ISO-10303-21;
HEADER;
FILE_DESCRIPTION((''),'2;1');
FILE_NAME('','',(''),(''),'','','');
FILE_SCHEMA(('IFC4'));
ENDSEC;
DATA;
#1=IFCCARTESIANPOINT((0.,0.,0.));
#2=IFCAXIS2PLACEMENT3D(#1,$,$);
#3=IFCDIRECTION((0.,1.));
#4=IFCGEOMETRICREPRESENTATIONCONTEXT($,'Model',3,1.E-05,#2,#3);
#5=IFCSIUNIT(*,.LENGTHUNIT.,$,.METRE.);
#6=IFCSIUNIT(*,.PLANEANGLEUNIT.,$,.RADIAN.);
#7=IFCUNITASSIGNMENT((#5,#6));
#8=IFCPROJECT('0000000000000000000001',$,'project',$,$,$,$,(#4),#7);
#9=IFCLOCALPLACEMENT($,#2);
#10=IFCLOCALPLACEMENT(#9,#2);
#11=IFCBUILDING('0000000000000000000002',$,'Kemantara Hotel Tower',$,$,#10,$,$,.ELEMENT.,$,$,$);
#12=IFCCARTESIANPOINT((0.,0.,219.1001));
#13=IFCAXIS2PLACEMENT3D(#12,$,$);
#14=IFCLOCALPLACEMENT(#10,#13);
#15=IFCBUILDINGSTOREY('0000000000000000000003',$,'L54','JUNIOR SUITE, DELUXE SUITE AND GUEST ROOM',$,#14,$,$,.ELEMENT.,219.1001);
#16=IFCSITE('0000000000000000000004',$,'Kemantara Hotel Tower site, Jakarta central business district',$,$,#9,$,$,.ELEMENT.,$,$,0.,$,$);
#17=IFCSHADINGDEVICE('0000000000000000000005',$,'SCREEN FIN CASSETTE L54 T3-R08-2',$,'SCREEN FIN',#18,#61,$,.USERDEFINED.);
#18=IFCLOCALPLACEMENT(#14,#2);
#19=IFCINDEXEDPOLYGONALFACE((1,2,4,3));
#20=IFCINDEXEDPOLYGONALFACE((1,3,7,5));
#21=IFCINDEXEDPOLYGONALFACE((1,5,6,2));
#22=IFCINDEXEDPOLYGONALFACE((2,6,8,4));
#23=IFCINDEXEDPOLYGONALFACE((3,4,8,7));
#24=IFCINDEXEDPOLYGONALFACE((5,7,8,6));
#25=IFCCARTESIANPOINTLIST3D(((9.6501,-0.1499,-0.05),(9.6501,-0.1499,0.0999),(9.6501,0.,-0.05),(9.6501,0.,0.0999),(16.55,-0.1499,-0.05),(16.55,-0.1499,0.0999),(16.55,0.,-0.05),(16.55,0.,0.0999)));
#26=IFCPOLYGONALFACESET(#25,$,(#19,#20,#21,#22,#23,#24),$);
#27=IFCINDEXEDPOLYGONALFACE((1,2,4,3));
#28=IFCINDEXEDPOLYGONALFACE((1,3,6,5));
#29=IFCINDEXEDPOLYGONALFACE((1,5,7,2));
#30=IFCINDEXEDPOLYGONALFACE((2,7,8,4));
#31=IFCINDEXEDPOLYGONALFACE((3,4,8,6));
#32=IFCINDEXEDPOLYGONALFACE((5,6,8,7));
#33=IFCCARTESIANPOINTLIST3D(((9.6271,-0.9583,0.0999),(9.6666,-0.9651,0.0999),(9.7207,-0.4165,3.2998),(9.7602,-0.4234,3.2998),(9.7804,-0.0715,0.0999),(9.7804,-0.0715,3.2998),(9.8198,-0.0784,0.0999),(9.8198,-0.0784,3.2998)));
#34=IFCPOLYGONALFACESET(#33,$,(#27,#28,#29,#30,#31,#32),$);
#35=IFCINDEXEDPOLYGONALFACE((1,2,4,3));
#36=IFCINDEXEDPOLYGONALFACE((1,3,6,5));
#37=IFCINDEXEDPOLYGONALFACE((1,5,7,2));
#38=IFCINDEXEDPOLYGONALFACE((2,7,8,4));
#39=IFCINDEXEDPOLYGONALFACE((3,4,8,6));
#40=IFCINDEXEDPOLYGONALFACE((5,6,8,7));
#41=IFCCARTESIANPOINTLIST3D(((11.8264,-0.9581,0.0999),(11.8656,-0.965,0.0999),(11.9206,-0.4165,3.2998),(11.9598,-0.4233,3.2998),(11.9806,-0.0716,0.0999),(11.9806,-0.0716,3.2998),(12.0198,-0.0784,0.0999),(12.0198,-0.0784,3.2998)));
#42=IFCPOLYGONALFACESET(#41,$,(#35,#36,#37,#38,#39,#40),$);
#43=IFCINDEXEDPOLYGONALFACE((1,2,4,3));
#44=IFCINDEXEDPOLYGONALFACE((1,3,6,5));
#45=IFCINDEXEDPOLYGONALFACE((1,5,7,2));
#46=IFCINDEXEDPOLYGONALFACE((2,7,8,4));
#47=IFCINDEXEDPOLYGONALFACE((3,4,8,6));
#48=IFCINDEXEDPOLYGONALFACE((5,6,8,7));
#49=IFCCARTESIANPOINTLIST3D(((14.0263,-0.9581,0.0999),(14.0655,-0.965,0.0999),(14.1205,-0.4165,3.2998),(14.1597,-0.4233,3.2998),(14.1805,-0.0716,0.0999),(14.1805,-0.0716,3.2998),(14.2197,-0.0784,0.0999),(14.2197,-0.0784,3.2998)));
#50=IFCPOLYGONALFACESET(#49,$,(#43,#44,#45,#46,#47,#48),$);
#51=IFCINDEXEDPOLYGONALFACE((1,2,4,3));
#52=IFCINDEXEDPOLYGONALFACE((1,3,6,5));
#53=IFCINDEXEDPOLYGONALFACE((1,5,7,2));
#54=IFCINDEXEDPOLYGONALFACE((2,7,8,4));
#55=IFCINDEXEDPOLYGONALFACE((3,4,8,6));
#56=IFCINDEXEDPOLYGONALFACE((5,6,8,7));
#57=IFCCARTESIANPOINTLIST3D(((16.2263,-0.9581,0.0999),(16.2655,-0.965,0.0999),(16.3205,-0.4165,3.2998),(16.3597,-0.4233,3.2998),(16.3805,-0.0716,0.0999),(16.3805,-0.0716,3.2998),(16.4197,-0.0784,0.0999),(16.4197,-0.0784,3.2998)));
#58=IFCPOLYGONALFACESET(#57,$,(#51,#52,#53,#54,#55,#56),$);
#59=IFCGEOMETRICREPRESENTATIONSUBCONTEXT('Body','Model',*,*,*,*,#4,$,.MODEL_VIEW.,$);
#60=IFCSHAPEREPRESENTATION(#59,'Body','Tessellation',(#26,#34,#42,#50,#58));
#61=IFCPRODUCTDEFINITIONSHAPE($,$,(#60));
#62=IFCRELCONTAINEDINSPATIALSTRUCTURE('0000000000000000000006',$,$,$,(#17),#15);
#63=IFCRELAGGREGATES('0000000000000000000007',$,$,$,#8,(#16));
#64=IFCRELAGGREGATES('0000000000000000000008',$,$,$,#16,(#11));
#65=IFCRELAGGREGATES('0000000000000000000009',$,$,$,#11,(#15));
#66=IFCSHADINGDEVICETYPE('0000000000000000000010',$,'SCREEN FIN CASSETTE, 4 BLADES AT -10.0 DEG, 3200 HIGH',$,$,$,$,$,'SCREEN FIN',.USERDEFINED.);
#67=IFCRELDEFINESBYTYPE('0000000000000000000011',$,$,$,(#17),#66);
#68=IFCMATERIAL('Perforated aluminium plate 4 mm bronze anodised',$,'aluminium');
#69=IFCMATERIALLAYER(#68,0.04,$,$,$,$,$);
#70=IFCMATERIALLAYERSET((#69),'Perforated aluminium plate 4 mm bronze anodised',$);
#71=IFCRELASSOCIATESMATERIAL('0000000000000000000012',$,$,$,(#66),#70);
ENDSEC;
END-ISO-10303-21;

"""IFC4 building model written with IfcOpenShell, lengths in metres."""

from ifc_helpers import new_model, si_unit, direction, frame, origin, origin_2d, place, context, subcontext, project, spatial, polyline, rectangle, outline, extrude, source, transform, mapped, material, layer, layer_set, type_object, element, save


model = new_model("IFC4")

# Units and contexts
model_context = context("Model", 3, precision=1e-05, world=origin(), true_north=direction((0.0, 1.0)))
body_context = subcontext(model_context, "Body", "Model", "MODEL_VIEW")
ifc_project = project(units=[si_unit("LENGTHUNIT", "METRE"), si_unit("PLANEANGLEUNIT", "RADIAN")], contexts=[model_context])

# Site, building, storey
site_placement = place(None, origin())
site = spatial("IfcSite", under=ifc_project, at=site_placement, Name="Kemantara Hotel Tower site, Jakarta central business district", CompositionType="ELEMENT", RefElevation=0.0)
building_placement = place(site_placement, origin())
building = spatial("IfcBuilding", under=site, at=building_placement, Name="Kemantara Hotel Tower", CompositionType="ELEMENT")
storey_placement = place(building_placement, frame((0.0, 0.0, 219.1001)))
storey = spatial("IfcBuildingStorey", under=building, at=storey_placement, Name="L54", Description="JUNIOR SUITE, DELUXE SUITE AND GUEST ROOM", CompositionType="ELEMENT", Elevation=219.1001)

# Shading device
ifc_material_1 = material(Name="Perforated aluminium plate 4 mm bronze anodised", Category="aluminium")
ifc_layer_1 = layer(ifc_material_1, 0.04)
ifc_layer_set_1 = layer_set([ifc_layer_1], Name="Perforated aluminium plate 4 mm bronze anodised")
shading_device_type_1 = type_object("IfcShadingDeviceType", Name="SCREEN FIN CASSETTE, 4 BLADES AT -10.0 DEG, 3200 HIGH", ElementType="SCREEN FIN", PredefinedType="USERDEFINED", material=ifc_layer_set_1)
shared_shape_1 = source(origin(), body_context, "Body", "SweptSolid", [
    extrude(rectangle(XDim=6.8999, YDim=0.1499, at=origin_2d()), frame((3.3, -0.075, -0.1499), z_axis=(0.0, 0.0, 1.0), x_axis=(1.0, 0.0, 0.0)), (0.0, 0.0, 1.0), 0.1499),
    extrude(outline(polyline([(0.0, 0.0), (0.8999, 0.0), (0.3501, 3.2), (0.0, 3.2), (0.0, 0.0)])), frame((0.0198, -0.0784, 0.0), z_axis=(-0.98539, 0.170314, 0.0), x_axis=(-0.170314, -0.98539, 0.0)), (0.0, 0.0, 1.0), 0.04),
    extrude(outline(polyline([(0.0, 0.0), (0.8999, 0.0), (0.3501, 3.2), (0.0, 3.2), (0.0, 0.0)])), frame((2.2197, -0.0784, 0.0), z_axis=(-0.985212, 0.171341, 0.0), x_axis=(-0.171341, -0.985212, 0.0)), (0.0, 0.0, 1.0), 0.0398),
    extrude(outline(polyline([(0.0, 0.0), (0.8999, 0.0), (0.3501, 3.2), (0.0, 3.2), (0.0, 0.0)])), frame((4.4197, -0.0784, 0.0), z_axis=(-0.985212, 0.171341, 0.0), x_axis=(-0.171341, -0.985212, 0.0)), (0.0, 0.0, 1.0), 0.0398),
    extrude(outline(polyline([(0.0, 0.0), (0.8999, 0.0), (0.3501, 3.2), (0.0, 3.2), (0.0, 0.0)])), frame((6.6196, -0.0784, 0.0), z_axis=(-0.985212, 0.171341, 0.0), x_axis=(-0.171341, -0.985212, 0.0)), (0.0, 0.0, 1.0), 0.0398),
])
shading_device_placement = place(storey_placement, frame((9.8, 0.0, 0.0999), z_axis=(0.0, 0.0, 1.0), x_axis=(1.0, 0.0, 0.0)))
element("IfcShadingDevice", 1, at=shading_device_placement, inside=storey, type_object=shading_device_type_1, Name="SCREEN FIN CASSETTE L54 T3-R08-2", ObjectType="SCREEN FIN", PredefinedType="USERDEFINED", context=body_context, shape_type="MappedRepresentation", body=[
    mapped(shared_shape_1, transform((0.0, 0.0, 0.0))),
])

save(model, "model.ifc")
